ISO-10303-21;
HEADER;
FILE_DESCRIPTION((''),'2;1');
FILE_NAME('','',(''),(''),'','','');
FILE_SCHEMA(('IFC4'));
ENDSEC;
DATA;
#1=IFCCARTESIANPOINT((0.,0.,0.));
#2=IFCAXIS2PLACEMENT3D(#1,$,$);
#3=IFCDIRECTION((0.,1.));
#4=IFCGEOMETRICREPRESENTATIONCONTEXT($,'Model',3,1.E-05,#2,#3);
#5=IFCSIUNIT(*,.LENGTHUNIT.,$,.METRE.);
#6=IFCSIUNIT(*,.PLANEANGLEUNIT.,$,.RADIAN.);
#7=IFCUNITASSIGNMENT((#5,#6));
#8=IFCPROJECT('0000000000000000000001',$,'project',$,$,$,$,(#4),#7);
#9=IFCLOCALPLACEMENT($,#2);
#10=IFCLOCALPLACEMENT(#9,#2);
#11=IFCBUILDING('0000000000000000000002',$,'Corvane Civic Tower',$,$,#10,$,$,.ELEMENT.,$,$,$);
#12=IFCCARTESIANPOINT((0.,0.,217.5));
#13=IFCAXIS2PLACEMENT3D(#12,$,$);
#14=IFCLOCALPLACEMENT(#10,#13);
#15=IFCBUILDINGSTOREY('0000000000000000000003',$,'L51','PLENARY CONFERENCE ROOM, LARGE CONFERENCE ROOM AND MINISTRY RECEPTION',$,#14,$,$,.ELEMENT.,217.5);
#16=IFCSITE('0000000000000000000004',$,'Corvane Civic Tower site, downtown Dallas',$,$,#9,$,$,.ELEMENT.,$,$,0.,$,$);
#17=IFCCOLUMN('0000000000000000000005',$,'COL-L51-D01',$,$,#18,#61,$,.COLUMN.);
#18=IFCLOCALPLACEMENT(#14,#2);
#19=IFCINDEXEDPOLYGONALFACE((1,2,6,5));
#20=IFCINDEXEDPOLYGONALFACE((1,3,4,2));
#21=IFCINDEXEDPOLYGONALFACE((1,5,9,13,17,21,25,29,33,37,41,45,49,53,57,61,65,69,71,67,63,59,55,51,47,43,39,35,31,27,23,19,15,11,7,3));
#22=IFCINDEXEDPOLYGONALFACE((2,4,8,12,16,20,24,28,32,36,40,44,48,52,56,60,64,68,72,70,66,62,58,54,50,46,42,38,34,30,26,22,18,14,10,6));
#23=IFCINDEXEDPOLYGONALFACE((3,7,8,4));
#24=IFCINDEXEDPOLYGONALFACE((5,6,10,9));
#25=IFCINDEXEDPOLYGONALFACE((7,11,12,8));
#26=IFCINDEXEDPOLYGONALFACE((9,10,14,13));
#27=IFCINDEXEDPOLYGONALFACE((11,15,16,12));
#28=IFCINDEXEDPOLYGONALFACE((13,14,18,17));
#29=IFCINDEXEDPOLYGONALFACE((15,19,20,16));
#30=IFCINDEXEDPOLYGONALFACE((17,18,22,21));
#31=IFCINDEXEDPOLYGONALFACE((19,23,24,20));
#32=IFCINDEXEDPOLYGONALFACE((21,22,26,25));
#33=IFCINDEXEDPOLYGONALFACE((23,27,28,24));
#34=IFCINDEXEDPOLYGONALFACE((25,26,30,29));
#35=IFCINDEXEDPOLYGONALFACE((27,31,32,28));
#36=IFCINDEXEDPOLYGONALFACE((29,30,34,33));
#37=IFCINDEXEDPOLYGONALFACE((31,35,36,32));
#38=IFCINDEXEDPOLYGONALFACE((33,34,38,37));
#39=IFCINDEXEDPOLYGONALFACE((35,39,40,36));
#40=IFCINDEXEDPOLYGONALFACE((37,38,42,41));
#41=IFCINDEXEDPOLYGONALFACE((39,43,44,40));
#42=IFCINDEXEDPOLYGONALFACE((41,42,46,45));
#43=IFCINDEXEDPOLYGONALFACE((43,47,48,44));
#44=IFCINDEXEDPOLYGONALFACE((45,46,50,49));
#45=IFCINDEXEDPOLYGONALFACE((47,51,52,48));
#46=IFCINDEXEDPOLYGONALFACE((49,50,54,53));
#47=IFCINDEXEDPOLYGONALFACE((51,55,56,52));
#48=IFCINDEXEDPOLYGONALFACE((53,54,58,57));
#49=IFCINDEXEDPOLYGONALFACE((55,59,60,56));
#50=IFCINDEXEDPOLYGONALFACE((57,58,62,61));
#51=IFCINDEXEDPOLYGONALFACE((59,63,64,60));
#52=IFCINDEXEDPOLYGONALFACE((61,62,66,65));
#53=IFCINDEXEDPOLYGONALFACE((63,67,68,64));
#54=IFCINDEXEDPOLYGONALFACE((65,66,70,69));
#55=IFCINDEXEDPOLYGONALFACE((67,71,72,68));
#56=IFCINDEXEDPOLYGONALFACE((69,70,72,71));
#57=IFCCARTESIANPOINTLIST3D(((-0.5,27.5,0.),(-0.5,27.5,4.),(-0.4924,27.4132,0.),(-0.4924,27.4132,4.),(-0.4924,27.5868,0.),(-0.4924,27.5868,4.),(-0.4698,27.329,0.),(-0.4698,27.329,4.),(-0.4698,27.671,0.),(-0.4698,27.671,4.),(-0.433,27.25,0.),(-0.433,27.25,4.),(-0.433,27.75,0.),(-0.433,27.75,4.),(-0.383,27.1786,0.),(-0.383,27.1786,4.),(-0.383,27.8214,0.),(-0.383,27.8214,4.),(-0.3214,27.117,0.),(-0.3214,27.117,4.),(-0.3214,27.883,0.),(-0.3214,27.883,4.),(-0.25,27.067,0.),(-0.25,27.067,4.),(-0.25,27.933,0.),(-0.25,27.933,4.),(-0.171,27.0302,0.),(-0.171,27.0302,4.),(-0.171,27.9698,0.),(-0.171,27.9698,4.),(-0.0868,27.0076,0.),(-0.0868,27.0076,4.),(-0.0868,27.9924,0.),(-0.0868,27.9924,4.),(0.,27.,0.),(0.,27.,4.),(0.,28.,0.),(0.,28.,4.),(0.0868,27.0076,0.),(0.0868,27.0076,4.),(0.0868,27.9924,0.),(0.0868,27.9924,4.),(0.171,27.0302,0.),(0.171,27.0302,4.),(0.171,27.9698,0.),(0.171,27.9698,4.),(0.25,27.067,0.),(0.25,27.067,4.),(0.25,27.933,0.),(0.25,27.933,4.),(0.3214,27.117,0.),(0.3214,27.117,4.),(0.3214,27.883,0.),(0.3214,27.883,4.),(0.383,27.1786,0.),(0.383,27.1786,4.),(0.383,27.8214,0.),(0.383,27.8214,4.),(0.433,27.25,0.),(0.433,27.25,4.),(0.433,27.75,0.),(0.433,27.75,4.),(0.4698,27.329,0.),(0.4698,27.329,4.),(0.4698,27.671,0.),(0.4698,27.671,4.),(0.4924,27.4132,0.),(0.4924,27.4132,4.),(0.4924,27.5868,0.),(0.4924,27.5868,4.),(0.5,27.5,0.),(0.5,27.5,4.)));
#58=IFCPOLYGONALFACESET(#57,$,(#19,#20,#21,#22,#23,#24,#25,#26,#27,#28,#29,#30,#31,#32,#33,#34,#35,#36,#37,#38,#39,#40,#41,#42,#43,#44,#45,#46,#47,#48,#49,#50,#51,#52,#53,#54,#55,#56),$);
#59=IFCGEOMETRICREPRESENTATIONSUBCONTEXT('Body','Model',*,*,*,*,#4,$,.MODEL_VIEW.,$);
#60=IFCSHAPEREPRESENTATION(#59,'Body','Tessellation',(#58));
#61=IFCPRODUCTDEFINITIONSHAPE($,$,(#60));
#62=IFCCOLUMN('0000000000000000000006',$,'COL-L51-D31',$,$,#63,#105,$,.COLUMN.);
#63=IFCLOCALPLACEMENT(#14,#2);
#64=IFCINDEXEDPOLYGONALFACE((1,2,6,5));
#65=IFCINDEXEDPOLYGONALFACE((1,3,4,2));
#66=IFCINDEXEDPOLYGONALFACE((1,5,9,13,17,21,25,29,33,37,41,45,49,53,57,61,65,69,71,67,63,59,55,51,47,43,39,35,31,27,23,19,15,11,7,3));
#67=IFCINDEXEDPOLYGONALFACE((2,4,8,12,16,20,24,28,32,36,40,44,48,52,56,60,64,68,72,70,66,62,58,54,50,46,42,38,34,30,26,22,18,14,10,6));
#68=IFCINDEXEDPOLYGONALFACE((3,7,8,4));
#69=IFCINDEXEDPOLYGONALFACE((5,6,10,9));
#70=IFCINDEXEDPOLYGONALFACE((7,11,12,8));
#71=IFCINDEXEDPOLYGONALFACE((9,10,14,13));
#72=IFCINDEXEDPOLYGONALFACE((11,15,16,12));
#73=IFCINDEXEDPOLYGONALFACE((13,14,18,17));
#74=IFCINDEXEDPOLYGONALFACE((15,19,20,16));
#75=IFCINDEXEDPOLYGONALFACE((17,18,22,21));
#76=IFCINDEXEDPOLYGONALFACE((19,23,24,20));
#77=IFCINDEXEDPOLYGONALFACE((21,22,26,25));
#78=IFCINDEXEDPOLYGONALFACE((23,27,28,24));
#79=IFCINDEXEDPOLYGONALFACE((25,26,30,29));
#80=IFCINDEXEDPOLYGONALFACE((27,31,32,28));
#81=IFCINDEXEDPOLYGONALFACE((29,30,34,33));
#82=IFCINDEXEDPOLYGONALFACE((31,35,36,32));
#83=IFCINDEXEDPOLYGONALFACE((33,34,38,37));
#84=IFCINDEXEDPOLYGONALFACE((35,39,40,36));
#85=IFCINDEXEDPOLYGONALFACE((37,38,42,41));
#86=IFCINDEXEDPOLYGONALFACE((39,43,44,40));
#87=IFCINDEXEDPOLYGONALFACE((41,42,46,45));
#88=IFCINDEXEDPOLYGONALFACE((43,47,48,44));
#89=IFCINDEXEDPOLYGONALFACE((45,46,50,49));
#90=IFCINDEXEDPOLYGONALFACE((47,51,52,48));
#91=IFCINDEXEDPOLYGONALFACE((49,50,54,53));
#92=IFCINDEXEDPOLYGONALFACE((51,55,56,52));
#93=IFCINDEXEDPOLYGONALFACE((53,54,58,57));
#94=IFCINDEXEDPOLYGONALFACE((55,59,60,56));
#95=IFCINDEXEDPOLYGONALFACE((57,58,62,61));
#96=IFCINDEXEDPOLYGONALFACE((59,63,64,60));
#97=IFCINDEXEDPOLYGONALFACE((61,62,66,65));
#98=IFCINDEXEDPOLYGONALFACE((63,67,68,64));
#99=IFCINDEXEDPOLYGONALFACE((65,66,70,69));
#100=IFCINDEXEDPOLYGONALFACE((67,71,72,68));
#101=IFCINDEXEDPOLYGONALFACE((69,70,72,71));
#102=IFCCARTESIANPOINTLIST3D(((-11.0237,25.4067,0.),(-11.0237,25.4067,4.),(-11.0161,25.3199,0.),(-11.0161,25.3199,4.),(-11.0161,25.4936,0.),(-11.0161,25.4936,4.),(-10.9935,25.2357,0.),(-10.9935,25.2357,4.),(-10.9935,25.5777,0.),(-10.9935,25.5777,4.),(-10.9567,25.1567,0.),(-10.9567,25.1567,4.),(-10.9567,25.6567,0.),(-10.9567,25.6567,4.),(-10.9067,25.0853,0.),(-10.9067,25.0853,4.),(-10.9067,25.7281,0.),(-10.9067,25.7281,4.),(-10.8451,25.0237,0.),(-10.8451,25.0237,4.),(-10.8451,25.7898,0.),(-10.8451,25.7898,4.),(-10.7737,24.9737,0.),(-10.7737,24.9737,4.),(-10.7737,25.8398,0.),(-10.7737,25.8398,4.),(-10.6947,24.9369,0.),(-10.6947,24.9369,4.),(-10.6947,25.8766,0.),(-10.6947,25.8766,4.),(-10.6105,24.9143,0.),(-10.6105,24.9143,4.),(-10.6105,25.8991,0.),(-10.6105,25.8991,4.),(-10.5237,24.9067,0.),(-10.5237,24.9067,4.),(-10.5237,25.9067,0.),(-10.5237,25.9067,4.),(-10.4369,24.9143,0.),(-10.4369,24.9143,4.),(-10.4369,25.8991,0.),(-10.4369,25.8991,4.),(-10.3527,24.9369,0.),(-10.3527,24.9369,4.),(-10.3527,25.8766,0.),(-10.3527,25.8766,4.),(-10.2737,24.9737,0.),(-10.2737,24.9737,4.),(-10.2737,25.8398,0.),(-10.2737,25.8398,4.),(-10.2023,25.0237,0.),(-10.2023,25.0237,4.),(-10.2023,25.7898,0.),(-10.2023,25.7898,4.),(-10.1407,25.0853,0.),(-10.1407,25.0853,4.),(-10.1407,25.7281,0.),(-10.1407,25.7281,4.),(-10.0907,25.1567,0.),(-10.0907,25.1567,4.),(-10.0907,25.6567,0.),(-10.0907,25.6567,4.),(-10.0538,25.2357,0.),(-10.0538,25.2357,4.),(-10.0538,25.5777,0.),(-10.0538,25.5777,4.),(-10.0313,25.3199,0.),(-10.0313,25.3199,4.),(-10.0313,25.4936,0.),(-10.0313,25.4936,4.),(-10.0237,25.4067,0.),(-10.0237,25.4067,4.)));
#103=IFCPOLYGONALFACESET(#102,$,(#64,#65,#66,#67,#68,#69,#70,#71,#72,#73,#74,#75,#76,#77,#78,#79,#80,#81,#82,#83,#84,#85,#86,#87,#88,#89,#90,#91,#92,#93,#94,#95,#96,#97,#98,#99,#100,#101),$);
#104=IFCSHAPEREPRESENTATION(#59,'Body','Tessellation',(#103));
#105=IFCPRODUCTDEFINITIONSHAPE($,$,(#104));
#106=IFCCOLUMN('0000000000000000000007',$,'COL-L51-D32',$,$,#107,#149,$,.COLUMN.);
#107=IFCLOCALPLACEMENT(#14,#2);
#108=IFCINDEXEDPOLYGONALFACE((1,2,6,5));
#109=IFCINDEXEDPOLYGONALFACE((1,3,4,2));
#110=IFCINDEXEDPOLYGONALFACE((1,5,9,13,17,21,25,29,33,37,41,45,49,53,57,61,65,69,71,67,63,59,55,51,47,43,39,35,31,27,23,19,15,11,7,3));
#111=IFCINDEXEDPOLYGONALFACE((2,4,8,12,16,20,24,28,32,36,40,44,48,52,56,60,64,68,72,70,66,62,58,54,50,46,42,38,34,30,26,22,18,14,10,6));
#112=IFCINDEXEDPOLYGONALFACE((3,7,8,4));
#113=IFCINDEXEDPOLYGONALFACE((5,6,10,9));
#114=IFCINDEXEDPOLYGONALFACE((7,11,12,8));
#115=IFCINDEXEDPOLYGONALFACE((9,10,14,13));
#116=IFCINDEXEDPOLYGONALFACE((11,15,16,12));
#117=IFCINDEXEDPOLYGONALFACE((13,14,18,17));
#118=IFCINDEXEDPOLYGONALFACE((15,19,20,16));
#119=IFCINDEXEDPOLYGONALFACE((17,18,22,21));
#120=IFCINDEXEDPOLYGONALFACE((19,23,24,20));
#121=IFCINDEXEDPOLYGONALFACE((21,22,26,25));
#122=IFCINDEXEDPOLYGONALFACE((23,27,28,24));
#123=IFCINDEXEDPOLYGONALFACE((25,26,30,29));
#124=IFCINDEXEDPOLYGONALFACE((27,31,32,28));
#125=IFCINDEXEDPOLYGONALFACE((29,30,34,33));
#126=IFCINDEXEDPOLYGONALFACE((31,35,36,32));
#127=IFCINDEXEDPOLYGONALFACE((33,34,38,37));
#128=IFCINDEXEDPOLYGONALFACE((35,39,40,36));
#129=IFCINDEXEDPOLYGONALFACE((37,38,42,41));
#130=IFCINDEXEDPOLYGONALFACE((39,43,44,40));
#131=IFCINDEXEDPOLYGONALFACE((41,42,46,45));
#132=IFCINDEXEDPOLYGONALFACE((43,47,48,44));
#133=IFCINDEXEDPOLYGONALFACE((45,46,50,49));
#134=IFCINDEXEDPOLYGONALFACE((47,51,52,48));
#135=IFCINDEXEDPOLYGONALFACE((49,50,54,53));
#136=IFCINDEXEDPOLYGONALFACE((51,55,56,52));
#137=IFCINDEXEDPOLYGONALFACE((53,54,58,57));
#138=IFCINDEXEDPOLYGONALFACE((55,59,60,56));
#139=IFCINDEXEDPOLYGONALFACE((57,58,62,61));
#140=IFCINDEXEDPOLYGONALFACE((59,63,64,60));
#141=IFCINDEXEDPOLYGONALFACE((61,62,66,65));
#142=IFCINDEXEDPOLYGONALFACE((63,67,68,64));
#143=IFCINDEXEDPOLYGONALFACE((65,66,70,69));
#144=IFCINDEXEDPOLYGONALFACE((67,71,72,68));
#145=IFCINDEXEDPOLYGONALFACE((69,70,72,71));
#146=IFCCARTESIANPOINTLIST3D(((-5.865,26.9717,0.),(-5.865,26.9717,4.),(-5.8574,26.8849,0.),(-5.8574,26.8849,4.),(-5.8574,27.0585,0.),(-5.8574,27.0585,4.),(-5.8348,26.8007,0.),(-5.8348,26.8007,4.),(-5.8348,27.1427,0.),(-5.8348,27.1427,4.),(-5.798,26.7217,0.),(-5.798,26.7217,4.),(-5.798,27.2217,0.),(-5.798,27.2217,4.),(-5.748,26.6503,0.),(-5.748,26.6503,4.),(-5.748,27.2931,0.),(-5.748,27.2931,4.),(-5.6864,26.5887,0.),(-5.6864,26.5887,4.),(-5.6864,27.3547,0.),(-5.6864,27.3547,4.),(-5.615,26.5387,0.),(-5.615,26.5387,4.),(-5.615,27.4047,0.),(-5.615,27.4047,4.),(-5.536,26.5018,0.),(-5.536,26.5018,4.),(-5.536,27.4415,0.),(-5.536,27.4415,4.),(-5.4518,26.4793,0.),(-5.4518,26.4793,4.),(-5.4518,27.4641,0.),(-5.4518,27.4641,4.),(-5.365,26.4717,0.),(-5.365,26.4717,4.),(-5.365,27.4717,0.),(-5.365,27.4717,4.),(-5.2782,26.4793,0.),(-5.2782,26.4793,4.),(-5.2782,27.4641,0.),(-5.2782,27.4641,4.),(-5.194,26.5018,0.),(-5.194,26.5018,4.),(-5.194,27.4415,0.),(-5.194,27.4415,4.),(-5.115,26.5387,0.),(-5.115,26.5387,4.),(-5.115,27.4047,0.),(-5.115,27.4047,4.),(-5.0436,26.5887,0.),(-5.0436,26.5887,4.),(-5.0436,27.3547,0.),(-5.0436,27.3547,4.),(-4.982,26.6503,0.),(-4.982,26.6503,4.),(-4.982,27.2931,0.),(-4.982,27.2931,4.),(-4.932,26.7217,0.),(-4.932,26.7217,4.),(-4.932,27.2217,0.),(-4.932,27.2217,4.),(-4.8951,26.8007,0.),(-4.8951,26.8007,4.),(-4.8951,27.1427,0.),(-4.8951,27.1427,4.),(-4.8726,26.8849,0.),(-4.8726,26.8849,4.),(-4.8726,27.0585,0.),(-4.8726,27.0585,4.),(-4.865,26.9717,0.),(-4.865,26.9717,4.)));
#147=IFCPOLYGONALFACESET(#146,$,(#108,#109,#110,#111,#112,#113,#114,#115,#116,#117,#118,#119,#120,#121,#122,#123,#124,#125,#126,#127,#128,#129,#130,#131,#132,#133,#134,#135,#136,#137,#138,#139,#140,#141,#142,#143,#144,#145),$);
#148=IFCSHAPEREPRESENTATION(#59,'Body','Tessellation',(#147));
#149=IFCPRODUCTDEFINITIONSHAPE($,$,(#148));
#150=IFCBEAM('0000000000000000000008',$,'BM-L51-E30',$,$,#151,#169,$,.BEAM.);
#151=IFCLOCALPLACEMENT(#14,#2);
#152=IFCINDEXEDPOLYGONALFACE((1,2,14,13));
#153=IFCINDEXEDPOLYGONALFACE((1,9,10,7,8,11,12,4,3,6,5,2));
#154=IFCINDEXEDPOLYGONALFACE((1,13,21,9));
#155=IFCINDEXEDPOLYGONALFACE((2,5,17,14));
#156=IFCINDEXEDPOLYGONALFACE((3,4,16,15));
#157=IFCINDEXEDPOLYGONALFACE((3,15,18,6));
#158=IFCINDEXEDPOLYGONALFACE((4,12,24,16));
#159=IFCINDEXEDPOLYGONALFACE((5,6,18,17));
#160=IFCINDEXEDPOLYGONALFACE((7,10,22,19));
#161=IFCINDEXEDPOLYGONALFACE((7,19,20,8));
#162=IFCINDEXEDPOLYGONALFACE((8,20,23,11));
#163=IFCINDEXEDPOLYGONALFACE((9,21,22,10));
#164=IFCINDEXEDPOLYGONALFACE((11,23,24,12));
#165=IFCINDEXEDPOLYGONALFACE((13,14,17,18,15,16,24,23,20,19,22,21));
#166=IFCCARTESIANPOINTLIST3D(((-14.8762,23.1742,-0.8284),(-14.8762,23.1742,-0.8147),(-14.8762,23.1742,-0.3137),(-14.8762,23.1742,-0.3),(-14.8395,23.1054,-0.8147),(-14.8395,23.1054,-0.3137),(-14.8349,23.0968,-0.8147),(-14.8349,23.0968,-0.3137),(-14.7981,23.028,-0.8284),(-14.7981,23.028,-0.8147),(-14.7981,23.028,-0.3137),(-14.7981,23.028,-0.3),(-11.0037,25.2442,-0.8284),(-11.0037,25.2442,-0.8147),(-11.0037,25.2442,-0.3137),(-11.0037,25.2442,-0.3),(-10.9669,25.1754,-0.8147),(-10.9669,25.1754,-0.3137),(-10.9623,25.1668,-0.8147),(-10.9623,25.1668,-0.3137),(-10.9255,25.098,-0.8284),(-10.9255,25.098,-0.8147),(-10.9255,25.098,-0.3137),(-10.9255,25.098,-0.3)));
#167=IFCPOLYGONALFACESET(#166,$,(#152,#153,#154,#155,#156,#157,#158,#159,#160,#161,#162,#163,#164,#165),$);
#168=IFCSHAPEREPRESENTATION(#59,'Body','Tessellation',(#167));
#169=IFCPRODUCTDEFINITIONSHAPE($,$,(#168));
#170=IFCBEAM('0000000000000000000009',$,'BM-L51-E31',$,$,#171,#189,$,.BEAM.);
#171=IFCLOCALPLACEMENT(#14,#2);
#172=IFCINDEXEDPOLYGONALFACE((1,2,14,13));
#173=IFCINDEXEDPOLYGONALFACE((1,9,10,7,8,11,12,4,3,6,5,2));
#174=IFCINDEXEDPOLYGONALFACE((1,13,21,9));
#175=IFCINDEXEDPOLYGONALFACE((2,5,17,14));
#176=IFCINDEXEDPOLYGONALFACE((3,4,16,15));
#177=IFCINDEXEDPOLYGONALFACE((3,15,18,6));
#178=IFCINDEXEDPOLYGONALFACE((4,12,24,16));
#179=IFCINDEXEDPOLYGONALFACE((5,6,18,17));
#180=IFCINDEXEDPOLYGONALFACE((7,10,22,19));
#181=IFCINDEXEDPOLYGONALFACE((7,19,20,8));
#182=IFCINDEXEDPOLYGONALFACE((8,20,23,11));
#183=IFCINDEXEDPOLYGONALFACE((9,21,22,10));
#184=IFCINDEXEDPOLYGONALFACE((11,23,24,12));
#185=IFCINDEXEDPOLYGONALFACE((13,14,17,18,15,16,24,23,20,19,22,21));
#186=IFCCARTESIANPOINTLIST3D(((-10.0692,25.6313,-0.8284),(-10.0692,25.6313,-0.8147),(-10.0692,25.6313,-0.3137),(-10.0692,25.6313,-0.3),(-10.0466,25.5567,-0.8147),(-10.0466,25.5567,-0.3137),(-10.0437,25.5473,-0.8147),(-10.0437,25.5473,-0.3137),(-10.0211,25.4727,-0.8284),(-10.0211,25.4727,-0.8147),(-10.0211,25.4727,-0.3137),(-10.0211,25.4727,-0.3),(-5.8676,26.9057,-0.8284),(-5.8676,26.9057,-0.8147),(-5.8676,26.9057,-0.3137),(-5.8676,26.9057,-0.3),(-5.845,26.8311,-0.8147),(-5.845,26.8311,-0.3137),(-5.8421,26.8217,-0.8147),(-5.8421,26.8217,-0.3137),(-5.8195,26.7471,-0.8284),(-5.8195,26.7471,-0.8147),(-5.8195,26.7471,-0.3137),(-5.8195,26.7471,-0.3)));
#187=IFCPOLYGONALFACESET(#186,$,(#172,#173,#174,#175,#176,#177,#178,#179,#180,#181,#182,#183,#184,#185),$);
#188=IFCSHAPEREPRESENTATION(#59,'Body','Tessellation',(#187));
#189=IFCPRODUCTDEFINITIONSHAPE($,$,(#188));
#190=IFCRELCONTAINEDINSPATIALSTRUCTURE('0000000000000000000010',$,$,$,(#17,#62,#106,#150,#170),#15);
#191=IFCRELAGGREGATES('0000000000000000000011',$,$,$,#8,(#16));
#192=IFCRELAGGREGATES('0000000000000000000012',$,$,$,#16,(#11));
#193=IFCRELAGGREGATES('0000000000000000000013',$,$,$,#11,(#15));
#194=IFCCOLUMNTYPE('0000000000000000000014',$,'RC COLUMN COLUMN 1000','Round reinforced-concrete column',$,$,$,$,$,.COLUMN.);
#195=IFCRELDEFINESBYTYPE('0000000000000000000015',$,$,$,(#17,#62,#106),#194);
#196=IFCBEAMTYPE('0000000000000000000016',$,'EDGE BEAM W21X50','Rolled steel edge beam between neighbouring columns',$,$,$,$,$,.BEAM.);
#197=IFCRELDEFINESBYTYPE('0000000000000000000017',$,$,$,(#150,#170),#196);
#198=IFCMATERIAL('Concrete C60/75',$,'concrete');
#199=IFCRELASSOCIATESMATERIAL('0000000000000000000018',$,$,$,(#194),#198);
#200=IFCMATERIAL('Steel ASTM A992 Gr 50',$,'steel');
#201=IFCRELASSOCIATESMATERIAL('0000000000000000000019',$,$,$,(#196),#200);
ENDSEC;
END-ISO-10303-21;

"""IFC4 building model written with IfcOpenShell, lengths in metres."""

from ifc_helpers import new_model, si_unit, direction, frame, origin, origin_2d, place, context, subcontext, project, spatial, circle, i_section, extrude, material, material_profile, profile_set, type_object, element, save


model = new_model("IFC4")

# Units and contexts
model_context = context("Model", 3, precision=1e-05, world=origin(), true_north=direction((0.0, 1.0)))
body_context = subcontext(model_context, "Body", "Model", "MODEL_VIEW")
ifc_project = project(units=[si_unit("LENGTHUNIT", "METRE"), si_unit("PLANEANGLEUNIT", "RADIAN")], contexts=[model_context])

# Site, building, storey
site_placement = place(None, origin())
site = spatial("IfcSite", under=ifc_project, at=site_placement, Name="Corvane Civic Tower site, downtown Dallas", CompositionType="ELEMENT", RefElevation=0.0)
building_placement = place(site_placement, origin())
building = spatial("IfcBuilding", under=site, at=building_placement, Name="Corvane Civic Tower", CompositionType="ELEMENT")
storey_placement = place(building_placement, frame((0.0, 0.0, 217.5)))
storey = spatial("IfcBuildingStorey", under=building, at=storey_placement, Name="L51", Description="PLENARY CONFERENCE ROOM, LARGE CONFERENCE ROOM AND MINISTRY RECEPTION", CompositionType="ELEMENT", Elevation=217.5)

# Columns
ifc_material_1 = material(Name="Concrete C60/75", Category="concrete")
ifc_material_profile_1 = material_profile(ifc_material_1, circle(Radius=0.5, at=origin_2d()), Name="COLUMN 1000")
ifc_profile_set_1 = profile_set([ifc_material_profile_1], Name="Concrete C60/75")
column_type = type_object("IfcColumnType", Name="RC COLUMN COLUMN 1000", Description="Round reinforced-concrete column", PredefinedType="COLUMN", material=ifc_profile_set_1)
for number, where, z_axis, x_axis, name in (
    (1, (0.0, 27.5, 0.0), (0.0, 0.0, 1.0), (1.0, 0.0, 0.0), "COL-L51-D01"),
    (2, (-10.5237, 25.4067, 0.0), (0.0, 0.0, 1.0), (1.0, 0.0, 0.0), "COL-L51-D31"),
    (3, (-5.365, 26.9717, 0.0), (0.0, 0.0, 1.0), (1.0, 0.0, 0.0), "COL-L51-D32"),
):
    element("IfcColumn", number, at=place(storey_placement, frame(where, z_axis=z_axis, x_axis=x_axis)), inside=storey, type_object=column_type, Name=name, PredefinedType="COLUMN", context=body_context, shape_type="SweptSolid", body=[
        extrude(circle(Radius=0.5, at=origin_2d()), origin(), (0.0, 0.0, 1.0), 4.0),
    ])

# Beams
ifc_material_2 = material(Name="Steel ASTM A992 Gr 50", Category="steel")
ifc_material_profile_2 = material_profile(ifc_material_2, i_section(OverallWidth=0.1658, OverallDepth=0.5283, WebThickness=0.0098, FlangeThickness=0.0137, at=origin_2d()), Name="W21X50")
ifc_profile_set_2 = profile_set([ifc_material_profile_2], Name="Steel ASTM A992 Gr 50")
beam_type_1 = type_object("IfcBeamType", Name="EDGE BEAM W21X50", Description="Rolled steel edge beam between neighbouring columns", PredefinedType="BEAM", material=ifc_profile_set_2)
beam_1_placement = place(storey_placement, frame((-14.8372, 23.1011, -0.5642), z_axis=(0.881908, 0.471422, 0.0), x_axis=(-0.471422, 0.881908, 0.0)))
element("IfcBeam", 4, at=beam_1_placement, inside=storey, type_object=beam_type_1, Name="BM-L51-E30", PredefinedType="BEAM", context=body_context, shape_type="SweptSolid", body=[
    extrude(i_section(OverallWidth=0.1658, OverallDepth=0.5283, WebThickness=0.0098, FlangeThickness=0.0137, at=origin_2d()), origin(), (0.0, 0.0, 1.0), 4.3911),
])
beam_2_placement = place(storey_placement, frame((-10.0452, 25.552, -0.5642), z_axis=(0.95695, 0.290254, 0.0), x_axis=(-0.290254, 0.95695, 0.0)))
element("IfcBeam", 5, at=beam_2_placement, inside=storey, type_object=beam_type_1, Name="BM-L51-E31", PredefinedType="BEAM", context=body_context, shape_type="SweptSolid", body=[
    extrude(i_section(OverallWidth=0.1658, OverallDepth=0.5283, WebThickness=0.0098, FlangeThickness=0.0137, at=origin_2d()), origin(), (0.0, 0.0, 1.0), 4.3906),
])

save(model, "model.ifc")
